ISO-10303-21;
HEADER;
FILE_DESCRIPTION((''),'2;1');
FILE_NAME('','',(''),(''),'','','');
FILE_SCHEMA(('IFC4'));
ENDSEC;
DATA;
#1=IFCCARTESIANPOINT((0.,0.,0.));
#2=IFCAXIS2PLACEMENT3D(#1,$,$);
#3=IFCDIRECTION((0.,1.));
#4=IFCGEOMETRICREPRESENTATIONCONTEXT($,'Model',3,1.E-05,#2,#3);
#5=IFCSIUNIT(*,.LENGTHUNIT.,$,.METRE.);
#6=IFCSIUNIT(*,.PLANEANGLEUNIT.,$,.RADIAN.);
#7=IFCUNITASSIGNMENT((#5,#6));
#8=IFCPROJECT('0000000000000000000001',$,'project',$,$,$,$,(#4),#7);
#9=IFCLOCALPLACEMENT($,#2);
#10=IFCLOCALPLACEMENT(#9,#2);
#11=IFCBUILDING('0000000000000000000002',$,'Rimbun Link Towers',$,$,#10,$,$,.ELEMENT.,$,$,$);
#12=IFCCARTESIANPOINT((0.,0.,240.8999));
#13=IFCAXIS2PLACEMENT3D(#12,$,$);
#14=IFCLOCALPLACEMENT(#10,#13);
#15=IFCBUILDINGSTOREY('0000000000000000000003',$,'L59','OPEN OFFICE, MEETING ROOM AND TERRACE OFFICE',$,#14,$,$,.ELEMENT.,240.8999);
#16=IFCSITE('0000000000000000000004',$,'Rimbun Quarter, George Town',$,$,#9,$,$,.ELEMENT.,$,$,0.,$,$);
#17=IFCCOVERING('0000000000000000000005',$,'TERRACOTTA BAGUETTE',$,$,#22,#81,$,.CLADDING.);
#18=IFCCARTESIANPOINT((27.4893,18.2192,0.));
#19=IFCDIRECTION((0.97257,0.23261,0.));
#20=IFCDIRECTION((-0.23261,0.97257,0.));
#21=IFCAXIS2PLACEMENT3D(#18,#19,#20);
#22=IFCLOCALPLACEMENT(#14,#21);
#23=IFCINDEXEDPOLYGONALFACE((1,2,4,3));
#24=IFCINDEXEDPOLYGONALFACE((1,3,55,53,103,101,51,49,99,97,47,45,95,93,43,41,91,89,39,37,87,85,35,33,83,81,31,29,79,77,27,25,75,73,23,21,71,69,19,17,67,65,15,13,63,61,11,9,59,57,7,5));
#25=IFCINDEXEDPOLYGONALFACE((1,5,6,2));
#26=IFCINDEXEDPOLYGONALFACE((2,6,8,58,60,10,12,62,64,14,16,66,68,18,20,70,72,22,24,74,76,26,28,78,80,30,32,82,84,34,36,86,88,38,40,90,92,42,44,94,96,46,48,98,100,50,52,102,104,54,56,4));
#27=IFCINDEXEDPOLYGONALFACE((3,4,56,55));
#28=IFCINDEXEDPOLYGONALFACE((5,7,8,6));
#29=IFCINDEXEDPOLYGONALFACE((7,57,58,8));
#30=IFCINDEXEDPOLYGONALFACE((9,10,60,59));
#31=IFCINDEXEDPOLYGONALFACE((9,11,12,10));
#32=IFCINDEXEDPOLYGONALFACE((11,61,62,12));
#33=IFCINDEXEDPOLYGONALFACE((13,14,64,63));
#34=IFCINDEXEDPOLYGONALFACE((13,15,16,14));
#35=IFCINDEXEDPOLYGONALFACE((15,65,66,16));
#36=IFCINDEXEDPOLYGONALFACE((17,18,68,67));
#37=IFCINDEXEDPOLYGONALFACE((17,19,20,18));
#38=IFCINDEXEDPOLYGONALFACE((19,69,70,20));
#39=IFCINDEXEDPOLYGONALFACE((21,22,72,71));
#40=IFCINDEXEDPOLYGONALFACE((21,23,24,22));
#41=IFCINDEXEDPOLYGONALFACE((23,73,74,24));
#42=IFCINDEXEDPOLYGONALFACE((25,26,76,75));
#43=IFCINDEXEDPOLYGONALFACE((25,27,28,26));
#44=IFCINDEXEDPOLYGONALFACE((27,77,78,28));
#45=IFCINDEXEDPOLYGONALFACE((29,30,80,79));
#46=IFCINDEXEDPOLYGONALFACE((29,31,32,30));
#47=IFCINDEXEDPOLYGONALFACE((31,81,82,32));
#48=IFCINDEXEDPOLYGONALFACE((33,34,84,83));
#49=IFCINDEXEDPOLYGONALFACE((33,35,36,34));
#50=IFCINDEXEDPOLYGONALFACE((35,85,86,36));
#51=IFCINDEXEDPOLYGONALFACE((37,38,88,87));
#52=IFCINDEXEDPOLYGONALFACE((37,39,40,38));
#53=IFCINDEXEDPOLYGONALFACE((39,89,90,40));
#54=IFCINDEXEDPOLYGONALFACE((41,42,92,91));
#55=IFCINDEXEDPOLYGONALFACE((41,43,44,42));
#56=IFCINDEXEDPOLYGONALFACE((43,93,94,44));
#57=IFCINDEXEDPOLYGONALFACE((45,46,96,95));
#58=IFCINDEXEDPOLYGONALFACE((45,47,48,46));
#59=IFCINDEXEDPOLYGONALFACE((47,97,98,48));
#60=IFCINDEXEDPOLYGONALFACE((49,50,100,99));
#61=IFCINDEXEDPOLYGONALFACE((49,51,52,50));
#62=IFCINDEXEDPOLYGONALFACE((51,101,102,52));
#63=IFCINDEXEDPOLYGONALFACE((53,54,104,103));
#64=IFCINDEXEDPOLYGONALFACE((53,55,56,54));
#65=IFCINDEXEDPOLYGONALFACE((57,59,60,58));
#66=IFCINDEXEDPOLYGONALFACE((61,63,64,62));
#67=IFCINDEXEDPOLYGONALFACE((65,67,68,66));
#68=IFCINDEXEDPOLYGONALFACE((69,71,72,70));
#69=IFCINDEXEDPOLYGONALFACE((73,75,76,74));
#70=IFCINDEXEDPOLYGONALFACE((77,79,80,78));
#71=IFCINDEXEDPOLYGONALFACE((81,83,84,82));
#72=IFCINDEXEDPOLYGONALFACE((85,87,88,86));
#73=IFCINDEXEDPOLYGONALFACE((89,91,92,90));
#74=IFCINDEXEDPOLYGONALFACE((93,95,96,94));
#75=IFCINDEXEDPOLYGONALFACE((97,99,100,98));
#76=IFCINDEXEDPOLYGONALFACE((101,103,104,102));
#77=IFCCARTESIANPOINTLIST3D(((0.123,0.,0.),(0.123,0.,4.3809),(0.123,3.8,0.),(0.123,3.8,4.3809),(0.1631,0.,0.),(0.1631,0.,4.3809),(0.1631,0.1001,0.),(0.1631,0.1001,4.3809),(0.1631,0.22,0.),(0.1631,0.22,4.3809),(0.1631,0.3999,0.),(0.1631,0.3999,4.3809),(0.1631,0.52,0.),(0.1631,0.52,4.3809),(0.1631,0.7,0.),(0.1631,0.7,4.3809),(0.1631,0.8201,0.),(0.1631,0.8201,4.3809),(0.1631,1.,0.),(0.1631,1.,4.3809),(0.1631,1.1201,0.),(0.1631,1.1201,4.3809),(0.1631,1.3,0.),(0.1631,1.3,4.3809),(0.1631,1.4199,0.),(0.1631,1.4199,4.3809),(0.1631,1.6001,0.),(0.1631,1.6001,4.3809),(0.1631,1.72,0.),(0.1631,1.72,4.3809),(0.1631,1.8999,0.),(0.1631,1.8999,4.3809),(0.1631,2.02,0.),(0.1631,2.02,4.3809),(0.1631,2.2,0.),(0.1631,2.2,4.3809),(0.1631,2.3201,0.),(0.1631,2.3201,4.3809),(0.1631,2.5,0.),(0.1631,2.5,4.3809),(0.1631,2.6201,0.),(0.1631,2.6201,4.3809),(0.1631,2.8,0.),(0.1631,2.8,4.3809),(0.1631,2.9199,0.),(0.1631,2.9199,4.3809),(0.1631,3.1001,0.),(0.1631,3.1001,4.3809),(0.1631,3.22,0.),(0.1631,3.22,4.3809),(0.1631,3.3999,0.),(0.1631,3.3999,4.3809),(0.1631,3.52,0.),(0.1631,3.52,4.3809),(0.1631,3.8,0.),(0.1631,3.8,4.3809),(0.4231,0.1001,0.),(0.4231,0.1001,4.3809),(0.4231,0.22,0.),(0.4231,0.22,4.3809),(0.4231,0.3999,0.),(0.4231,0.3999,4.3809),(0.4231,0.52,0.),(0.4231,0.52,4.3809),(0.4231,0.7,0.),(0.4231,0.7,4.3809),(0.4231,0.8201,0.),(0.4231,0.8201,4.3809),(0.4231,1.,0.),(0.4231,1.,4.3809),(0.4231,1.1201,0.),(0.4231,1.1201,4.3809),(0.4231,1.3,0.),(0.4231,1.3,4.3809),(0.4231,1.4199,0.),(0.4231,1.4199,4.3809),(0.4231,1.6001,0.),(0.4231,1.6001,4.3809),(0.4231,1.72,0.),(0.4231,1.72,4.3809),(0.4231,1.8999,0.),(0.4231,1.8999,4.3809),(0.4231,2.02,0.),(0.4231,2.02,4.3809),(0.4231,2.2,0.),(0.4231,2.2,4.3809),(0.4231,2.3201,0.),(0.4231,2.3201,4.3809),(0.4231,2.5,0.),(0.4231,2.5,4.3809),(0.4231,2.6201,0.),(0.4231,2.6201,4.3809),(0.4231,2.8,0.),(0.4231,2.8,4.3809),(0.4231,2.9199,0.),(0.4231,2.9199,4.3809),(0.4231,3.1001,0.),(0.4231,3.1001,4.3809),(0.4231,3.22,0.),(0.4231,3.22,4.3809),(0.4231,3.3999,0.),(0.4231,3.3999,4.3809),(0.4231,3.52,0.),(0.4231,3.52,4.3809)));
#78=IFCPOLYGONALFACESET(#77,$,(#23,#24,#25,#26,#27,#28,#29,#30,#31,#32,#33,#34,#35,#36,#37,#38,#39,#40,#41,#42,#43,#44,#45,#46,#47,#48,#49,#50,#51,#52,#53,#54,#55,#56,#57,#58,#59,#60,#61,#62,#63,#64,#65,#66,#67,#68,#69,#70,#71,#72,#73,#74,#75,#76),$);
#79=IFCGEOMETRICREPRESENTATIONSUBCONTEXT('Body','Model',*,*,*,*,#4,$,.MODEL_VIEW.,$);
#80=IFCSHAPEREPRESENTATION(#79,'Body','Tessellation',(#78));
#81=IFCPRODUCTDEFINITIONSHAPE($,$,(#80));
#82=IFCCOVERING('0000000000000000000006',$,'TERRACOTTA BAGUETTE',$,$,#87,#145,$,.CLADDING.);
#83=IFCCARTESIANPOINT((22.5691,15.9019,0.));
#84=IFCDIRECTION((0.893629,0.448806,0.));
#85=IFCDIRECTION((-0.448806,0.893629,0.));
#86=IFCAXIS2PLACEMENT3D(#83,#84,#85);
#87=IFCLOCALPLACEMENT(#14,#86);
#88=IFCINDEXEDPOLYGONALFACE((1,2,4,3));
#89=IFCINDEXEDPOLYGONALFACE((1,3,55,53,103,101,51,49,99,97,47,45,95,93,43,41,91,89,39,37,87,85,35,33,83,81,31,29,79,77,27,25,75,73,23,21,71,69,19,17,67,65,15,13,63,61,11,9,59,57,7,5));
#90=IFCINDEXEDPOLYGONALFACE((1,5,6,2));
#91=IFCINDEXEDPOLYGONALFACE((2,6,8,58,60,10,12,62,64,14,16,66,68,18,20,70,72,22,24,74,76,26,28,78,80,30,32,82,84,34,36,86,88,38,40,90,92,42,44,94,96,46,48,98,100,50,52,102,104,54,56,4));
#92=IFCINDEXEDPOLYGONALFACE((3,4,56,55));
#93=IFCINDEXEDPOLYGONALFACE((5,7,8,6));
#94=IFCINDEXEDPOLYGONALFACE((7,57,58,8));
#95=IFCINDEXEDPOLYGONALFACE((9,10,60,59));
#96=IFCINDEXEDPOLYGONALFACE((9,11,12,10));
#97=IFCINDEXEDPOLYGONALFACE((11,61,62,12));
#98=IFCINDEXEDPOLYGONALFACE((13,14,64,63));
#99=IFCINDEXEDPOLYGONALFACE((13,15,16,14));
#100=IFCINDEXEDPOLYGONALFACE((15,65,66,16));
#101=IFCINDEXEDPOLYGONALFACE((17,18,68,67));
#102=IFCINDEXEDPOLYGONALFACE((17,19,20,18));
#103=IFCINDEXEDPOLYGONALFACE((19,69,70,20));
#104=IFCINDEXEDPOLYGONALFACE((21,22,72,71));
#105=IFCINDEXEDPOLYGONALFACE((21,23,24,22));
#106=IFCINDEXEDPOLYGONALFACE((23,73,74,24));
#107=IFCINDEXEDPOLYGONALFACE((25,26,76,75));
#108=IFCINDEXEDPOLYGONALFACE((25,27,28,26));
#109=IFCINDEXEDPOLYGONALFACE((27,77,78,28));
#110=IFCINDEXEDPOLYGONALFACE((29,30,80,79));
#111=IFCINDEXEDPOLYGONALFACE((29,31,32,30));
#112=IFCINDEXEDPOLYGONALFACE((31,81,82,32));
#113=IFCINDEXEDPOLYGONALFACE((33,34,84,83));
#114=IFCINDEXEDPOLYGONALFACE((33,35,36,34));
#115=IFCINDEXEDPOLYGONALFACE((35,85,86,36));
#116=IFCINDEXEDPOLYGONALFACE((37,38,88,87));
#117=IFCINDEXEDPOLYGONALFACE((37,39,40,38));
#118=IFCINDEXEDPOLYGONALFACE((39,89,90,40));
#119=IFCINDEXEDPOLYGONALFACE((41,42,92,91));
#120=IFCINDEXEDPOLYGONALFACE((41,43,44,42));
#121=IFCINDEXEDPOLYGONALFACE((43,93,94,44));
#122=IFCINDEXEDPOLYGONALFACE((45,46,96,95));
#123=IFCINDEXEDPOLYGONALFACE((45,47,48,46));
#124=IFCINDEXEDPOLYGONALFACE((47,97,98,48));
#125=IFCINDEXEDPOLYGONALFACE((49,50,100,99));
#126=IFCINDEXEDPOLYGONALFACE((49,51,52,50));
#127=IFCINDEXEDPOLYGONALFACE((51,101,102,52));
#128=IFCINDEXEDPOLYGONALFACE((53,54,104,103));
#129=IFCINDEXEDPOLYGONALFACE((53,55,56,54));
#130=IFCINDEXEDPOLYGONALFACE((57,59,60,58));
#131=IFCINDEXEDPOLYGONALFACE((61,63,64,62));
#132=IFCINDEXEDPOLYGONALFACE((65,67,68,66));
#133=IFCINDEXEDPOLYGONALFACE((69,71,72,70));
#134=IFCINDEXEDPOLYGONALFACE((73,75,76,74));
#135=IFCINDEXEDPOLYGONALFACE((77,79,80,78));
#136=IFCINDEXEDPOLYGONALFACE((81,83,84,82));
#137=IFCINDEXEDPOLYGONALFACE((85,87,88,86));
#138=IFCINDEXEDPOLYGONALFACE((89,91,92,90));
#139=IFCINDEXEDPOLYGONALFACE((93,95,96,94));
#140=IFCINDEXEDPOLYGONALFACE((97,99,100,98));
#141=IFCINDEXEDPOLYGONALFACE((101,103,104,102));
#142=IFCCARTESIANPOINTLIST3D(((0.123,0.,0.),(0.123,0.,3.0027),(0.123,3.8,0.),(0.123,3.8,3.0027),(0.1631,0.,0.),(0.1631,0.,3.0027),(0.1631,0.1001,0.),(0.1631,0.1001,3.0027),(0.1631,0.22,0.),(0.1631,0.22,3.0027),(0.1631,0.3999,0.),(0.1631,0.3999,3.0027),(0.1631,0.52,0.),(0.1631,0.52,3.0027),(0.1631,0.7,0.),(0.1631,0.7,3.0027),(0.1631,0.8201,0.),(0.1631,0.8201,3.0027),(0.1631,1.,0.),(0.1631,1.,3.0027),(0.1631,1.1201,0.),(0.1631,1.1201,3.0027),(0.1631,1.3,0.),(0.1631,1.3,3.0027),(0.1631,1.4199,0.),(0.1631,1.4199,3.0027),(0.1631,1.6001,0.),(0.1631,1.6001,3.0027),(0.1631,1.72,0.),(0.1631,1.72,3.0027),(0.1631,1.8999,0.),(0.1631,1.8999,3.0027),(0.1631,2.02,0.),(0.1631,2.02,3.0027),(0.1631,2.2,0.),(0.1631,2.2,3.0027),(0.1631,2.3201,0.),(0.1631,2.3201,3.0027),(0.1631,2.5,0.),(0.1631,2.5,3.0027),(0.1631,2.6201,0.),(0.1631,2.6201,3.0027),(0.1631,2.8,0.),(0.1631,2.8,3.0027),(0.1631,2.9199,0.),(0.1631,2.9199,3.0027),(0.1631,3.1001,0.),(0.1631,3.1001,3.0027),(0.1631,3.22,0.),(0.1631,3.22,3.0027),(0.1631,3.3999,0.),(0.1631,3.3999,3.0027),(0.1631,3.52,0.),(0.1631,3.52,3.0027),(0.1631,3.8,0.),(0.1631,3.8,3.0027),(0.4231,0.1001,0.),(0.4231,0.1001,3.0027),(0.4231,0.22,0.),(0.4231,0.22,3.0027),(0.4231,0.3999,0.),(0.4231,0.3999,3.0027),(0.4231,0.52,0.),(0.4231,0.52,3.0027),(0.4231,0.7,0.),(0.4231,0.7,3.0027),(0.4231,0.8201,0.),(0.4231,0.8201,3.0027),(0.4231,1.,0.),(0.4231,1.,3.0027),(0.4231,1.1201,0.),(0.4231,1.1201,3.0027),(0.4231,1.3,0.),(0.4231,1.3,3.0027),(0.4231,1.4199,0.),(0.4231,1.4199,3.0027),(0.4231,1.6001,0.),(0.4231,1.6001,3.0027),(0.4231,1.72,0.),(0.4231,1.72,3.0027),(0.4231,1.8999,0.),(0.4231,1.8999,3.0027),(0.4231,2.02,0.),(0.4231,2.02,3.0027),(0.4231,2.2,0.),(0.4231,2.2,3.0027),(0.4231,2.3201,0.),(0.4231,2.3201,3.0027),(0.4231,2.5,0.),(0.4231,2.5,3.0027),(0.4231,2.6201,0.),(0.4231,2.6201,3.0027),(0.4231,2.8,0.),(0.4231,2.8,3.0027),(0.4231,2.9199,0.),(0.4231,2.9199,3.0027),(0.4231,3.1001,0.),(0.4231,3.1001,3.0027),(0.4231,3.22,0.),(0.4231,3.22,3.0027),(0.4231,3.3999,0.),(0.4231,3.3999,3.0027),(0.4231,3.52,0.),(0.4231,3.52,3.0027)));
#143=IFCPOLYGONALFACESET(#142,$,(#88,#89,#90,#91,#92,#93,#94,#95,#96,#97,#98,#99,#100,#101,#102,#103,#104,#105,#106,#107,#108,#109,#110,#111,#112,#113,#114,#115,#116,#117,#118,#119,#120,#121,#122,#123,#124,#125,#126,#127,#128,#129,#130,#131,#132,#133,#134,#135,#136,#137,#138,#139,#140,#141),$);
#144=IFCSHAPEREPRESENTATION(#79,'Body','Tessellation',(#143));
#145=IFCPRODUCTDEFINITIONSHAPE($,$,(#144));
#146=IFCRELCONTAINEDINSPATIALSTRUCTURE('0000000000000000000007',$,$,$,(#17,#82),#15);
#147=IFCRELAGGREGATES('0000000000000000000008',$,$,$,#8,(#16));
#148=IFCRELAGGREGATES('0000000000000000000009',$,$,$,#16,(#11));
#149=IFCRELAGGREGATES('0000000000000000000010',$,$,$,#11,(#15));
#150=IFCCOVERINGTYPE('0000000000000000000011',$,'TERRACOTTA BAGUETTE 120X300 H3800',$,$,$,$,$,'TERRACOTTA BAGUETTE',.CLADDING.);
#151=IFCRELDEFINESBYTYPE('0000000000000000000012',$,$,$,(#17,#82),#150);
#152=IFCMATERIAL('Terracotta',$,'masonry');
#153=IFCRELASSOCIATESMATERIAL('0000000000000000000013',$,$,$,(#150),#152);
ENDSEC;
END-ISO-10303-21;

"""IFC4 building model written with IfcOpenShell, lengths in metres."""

from ifc_helpers import new_model, si_unit, direction, frame, origin, place, context, subcontext, project, spatial, polyline, outline, extrude, material, material_profile, profile_set, type_object, element, save


model = new_model("IFC4")

# Units and contexts
model_context = context("Model", 3, precision=1e-05, world=origin(), true_north=direction((0.0, 1.0)))
body_context = subcontext(model_context, "Body", "Model", "MODEL_VIEW")
ifc_project = project(units=[si_unit("LENGTHUNIT", "METRE"), si_unit("PLANEANGLEUNIT", "RADIAN")], contexts=[model_context])

# Site, building, storey
site_placement = place(None, origin())
site = spatial("IfcSite", under=ifc_project, at=site_placement, Name="Rimbun Quarter, George Town", CompositionType="ELEMENT", RefElevation=0.0)
building_placement = place(site_placement, origin())
building = spatial("IfcBuilding", under=site, at=building_placement, Name="Rimbun Link Towers", CompositionType="ELEMENT")
storey_placement = place(building_placement, frame((0.0, 0.0, 240.8999)))
storey = spatial("IfcBuildingStorey", under=building, at=storey_placement, Name="L59", Description="OPEN OFFICE, MEETING ROOM AND TERRACE OFFICE", CompositionType="ELEMENT", Elevation=240.8999)

# Coverings
ifc_material_1 = material(Name="Terracotta", Category="masonry")
ifc_material_profile_1 = material_profile(ifc_material_1, outline(polyline([(0.123, 0.0), (0.1631, 0.0), (0.1631, 0.1001), (0.4231, 0.1001), (0.4231, 0.22), (0.1631, 0.22), (0.1631, 0.3999), (0.4231, 0.3999), (0.4231, 0.52), (0.1631, 0.52), (0.1631, 0.7), (0.4231, 0.7), (0.4231, 0.8201), (0.1631, 0.8201), (0.1631, 1.0), (0.4231, 1.0), (0.4231, 1.1201), (0.1631, 1.1201), (0.1631, 1.3), (0.4231, 1.3), (0.4231, 1.4199), (0.1631, 1.4199), (0.1631, 1.6001), (0.4231, 1.6001), (0.4231, 1.72), (0.1631, 1.72), (0.1631, 1.8999), (0.4231, 1.8999), (0.4231, 2.02), (0.1631, 2.02), (0.1631, 2.2), (0.4231, 2.2), (0.4231, 2.3201), (0.1631, 2.3201), (0.1631, 2.5), (0.4231, 2.5), (0.4231, 2.6201), (0.1631, 2.6201), (0.1631, 2.8), (0.4231, 2.8), (0.4231, 2.9199), (0.1631, 2.9199), (0.1631, 3.1001), (0.4231, 3.1001), (0.4231, 3.22), (0.1631, 3.22), (0.1631, 3.3999), (0.4231, 3.3999), (0.4231, 3.52), (0.1631, 3.52), (0.1631, 3.8), (0.123, 3.8), (0.123, 0.0)])), Name="BAGUETTE 120X300")
ifc_profile_set_1 = profile_set([ifc_material_profile_1], Name="Terracotta")
covering_type = type_object("IfcCoveringType", Name="TERRACOTTA BAGUETTE 120X300 H3800", ElementType="TERRACOTTA BAGUETTE", PredefinedType="CLADDING", material=ifc_profile_set_1)
covering_1_placement = place(storey_placement, frame((27.4893, 18.2192, 0.0), z_axis=(0.97257, 0.23261, 0.0), x_axis=(-0.23261, 0.97257, 0.0)))
element("IfcCovering", 1, at=covering_1_placement, inside=storey, type_object=covering_type, Name="TERRACOTTA BAGUETTE", PredefinedType="CLADDING", context=body_context, shape_type="SweptSolid", body=[
    extrude(outline(polyline([(0.123, 0.0), (0.1631, 0.0), (0.1631, 0.1001), (0.4231, 0.1001), (0.4231, 0.22), (0.1631, 0.22), (0.1631, 0.3999), (0.4231, 0.3999), (0.4231, 0.52), (0.1631, 0.52), (0.1631, 0.7), (0.4231, 0.7), (0.4231, 0.8201), (0.1631, 0.8201), (0.1631, 1.0), (0.4231, 1.0), (0.4231, 1.1201), (0.1631, 1.1201), (0.1631, 1.3), (0.4231, 1.3), (0.4231, 1.4199), (0.1631, 1.4199), (0.1631, 1.6001), (0.4231, 1.6001), (0.4231, 1.72), (0.1631, 1.72), (0.1631, 1.8999), (0.4231, 1.8999), (0.4231, 2.02), (0.1631, 2.02), (0.1631, 2.2), (0.4231, 2.2), (0.4231, 2.3201), (0.1631, 2.3201), (0.1631, 2.5), (0.4231, 2.5), (0.4231, 2.6201), (0.1631, 2.6201), (0.1631, 2.8), (0.4231, 2.8), (0.4231, 2.9199), (0.1631, 2.9199), (0.1631, 3.1001), (0.4231, 3.1001), (0.4231, 3.22), (0.1631, 3.22), (0.1631, 3.3999), (0.4231, 3.3999), (0.4231, 3.52), (0.1631, 3.52), (0.1631, 3.8), (0.123, 3.8), (0.123, 0.0)])), origin(), (0.0, 0.0, 1.0), 4.3809),
])
covering_2_placement = place(storey_placement, frame((22.5691, 15.9019, 0.0), z_axis=(0.893629, 0.448806, 0.0), x_axis=(-0.448806, 0.893629, 0.0)))
element("IfcCovering", 2, at=covering_2_placement, inside=storey, type_object=covering_type, Name="TERRACOTTA BAGUETTE", PredefinedType="CLADDING", context=body_context, shape_type="SweptSolid", body=[
    extrude(outline(polyline([(0.123, 0.0), (0.1631, 0.0), (0.1631, 0.1001), (0.4231, 0.1001), (0.4231, 0.22), (0.1631, 0.22), (0.1631, 0.3999), (0.4231, 0.3999), (0.4231, 0.52), (0.1631, 0.52), (0.1631, 0.7), (0.4231, 0.7), (0.4231, 0.8201), (0.1631, 0.8201), (0.1631, 1.0), (0.4231, 1.0), (0.4231, 1.1201), (0.1631, 1.1201), (0.1631, 1.3), (0.4231, 1.3), (0.4231, 1.4199), (0.1631, 1.4199), (0.1631, 1.6001), (0.4231, 1.6001), (0.4231, 1.72), (0.1631, 1.72), (0.1631, 1.8999), (0.4231, 1.8999), (0.4231, 2.02), (0.1631, 2.02), (0.1631, 2.2), (0.4231, 2.2), (0.4231, 2.3201), (0.1631, 2.3201), (0.1631, 2.5), (0.4231, 2.5), (0.4231, 2.6201), (0.1631, 2.6201), (0.1631, 2.8), (0.4231, 2.8), (0.4231, 2.9199), (0.1631, 2.9199), (0.1631, 3.1001), (0.4231, 3.1001), (0.4231, 3.22), (0.1631, 3.22), (0.1631, 3.3999), (0.4231, 3.3999), (0.4231, 3.52), (0.1631, 3.52), (0.1631, 3.8), (0.123, 3.8), (0.123, 0.0)])), origin(), (0.0, 0.0, 1.0), 3.0027),
])

save(model, "model.ifc")
